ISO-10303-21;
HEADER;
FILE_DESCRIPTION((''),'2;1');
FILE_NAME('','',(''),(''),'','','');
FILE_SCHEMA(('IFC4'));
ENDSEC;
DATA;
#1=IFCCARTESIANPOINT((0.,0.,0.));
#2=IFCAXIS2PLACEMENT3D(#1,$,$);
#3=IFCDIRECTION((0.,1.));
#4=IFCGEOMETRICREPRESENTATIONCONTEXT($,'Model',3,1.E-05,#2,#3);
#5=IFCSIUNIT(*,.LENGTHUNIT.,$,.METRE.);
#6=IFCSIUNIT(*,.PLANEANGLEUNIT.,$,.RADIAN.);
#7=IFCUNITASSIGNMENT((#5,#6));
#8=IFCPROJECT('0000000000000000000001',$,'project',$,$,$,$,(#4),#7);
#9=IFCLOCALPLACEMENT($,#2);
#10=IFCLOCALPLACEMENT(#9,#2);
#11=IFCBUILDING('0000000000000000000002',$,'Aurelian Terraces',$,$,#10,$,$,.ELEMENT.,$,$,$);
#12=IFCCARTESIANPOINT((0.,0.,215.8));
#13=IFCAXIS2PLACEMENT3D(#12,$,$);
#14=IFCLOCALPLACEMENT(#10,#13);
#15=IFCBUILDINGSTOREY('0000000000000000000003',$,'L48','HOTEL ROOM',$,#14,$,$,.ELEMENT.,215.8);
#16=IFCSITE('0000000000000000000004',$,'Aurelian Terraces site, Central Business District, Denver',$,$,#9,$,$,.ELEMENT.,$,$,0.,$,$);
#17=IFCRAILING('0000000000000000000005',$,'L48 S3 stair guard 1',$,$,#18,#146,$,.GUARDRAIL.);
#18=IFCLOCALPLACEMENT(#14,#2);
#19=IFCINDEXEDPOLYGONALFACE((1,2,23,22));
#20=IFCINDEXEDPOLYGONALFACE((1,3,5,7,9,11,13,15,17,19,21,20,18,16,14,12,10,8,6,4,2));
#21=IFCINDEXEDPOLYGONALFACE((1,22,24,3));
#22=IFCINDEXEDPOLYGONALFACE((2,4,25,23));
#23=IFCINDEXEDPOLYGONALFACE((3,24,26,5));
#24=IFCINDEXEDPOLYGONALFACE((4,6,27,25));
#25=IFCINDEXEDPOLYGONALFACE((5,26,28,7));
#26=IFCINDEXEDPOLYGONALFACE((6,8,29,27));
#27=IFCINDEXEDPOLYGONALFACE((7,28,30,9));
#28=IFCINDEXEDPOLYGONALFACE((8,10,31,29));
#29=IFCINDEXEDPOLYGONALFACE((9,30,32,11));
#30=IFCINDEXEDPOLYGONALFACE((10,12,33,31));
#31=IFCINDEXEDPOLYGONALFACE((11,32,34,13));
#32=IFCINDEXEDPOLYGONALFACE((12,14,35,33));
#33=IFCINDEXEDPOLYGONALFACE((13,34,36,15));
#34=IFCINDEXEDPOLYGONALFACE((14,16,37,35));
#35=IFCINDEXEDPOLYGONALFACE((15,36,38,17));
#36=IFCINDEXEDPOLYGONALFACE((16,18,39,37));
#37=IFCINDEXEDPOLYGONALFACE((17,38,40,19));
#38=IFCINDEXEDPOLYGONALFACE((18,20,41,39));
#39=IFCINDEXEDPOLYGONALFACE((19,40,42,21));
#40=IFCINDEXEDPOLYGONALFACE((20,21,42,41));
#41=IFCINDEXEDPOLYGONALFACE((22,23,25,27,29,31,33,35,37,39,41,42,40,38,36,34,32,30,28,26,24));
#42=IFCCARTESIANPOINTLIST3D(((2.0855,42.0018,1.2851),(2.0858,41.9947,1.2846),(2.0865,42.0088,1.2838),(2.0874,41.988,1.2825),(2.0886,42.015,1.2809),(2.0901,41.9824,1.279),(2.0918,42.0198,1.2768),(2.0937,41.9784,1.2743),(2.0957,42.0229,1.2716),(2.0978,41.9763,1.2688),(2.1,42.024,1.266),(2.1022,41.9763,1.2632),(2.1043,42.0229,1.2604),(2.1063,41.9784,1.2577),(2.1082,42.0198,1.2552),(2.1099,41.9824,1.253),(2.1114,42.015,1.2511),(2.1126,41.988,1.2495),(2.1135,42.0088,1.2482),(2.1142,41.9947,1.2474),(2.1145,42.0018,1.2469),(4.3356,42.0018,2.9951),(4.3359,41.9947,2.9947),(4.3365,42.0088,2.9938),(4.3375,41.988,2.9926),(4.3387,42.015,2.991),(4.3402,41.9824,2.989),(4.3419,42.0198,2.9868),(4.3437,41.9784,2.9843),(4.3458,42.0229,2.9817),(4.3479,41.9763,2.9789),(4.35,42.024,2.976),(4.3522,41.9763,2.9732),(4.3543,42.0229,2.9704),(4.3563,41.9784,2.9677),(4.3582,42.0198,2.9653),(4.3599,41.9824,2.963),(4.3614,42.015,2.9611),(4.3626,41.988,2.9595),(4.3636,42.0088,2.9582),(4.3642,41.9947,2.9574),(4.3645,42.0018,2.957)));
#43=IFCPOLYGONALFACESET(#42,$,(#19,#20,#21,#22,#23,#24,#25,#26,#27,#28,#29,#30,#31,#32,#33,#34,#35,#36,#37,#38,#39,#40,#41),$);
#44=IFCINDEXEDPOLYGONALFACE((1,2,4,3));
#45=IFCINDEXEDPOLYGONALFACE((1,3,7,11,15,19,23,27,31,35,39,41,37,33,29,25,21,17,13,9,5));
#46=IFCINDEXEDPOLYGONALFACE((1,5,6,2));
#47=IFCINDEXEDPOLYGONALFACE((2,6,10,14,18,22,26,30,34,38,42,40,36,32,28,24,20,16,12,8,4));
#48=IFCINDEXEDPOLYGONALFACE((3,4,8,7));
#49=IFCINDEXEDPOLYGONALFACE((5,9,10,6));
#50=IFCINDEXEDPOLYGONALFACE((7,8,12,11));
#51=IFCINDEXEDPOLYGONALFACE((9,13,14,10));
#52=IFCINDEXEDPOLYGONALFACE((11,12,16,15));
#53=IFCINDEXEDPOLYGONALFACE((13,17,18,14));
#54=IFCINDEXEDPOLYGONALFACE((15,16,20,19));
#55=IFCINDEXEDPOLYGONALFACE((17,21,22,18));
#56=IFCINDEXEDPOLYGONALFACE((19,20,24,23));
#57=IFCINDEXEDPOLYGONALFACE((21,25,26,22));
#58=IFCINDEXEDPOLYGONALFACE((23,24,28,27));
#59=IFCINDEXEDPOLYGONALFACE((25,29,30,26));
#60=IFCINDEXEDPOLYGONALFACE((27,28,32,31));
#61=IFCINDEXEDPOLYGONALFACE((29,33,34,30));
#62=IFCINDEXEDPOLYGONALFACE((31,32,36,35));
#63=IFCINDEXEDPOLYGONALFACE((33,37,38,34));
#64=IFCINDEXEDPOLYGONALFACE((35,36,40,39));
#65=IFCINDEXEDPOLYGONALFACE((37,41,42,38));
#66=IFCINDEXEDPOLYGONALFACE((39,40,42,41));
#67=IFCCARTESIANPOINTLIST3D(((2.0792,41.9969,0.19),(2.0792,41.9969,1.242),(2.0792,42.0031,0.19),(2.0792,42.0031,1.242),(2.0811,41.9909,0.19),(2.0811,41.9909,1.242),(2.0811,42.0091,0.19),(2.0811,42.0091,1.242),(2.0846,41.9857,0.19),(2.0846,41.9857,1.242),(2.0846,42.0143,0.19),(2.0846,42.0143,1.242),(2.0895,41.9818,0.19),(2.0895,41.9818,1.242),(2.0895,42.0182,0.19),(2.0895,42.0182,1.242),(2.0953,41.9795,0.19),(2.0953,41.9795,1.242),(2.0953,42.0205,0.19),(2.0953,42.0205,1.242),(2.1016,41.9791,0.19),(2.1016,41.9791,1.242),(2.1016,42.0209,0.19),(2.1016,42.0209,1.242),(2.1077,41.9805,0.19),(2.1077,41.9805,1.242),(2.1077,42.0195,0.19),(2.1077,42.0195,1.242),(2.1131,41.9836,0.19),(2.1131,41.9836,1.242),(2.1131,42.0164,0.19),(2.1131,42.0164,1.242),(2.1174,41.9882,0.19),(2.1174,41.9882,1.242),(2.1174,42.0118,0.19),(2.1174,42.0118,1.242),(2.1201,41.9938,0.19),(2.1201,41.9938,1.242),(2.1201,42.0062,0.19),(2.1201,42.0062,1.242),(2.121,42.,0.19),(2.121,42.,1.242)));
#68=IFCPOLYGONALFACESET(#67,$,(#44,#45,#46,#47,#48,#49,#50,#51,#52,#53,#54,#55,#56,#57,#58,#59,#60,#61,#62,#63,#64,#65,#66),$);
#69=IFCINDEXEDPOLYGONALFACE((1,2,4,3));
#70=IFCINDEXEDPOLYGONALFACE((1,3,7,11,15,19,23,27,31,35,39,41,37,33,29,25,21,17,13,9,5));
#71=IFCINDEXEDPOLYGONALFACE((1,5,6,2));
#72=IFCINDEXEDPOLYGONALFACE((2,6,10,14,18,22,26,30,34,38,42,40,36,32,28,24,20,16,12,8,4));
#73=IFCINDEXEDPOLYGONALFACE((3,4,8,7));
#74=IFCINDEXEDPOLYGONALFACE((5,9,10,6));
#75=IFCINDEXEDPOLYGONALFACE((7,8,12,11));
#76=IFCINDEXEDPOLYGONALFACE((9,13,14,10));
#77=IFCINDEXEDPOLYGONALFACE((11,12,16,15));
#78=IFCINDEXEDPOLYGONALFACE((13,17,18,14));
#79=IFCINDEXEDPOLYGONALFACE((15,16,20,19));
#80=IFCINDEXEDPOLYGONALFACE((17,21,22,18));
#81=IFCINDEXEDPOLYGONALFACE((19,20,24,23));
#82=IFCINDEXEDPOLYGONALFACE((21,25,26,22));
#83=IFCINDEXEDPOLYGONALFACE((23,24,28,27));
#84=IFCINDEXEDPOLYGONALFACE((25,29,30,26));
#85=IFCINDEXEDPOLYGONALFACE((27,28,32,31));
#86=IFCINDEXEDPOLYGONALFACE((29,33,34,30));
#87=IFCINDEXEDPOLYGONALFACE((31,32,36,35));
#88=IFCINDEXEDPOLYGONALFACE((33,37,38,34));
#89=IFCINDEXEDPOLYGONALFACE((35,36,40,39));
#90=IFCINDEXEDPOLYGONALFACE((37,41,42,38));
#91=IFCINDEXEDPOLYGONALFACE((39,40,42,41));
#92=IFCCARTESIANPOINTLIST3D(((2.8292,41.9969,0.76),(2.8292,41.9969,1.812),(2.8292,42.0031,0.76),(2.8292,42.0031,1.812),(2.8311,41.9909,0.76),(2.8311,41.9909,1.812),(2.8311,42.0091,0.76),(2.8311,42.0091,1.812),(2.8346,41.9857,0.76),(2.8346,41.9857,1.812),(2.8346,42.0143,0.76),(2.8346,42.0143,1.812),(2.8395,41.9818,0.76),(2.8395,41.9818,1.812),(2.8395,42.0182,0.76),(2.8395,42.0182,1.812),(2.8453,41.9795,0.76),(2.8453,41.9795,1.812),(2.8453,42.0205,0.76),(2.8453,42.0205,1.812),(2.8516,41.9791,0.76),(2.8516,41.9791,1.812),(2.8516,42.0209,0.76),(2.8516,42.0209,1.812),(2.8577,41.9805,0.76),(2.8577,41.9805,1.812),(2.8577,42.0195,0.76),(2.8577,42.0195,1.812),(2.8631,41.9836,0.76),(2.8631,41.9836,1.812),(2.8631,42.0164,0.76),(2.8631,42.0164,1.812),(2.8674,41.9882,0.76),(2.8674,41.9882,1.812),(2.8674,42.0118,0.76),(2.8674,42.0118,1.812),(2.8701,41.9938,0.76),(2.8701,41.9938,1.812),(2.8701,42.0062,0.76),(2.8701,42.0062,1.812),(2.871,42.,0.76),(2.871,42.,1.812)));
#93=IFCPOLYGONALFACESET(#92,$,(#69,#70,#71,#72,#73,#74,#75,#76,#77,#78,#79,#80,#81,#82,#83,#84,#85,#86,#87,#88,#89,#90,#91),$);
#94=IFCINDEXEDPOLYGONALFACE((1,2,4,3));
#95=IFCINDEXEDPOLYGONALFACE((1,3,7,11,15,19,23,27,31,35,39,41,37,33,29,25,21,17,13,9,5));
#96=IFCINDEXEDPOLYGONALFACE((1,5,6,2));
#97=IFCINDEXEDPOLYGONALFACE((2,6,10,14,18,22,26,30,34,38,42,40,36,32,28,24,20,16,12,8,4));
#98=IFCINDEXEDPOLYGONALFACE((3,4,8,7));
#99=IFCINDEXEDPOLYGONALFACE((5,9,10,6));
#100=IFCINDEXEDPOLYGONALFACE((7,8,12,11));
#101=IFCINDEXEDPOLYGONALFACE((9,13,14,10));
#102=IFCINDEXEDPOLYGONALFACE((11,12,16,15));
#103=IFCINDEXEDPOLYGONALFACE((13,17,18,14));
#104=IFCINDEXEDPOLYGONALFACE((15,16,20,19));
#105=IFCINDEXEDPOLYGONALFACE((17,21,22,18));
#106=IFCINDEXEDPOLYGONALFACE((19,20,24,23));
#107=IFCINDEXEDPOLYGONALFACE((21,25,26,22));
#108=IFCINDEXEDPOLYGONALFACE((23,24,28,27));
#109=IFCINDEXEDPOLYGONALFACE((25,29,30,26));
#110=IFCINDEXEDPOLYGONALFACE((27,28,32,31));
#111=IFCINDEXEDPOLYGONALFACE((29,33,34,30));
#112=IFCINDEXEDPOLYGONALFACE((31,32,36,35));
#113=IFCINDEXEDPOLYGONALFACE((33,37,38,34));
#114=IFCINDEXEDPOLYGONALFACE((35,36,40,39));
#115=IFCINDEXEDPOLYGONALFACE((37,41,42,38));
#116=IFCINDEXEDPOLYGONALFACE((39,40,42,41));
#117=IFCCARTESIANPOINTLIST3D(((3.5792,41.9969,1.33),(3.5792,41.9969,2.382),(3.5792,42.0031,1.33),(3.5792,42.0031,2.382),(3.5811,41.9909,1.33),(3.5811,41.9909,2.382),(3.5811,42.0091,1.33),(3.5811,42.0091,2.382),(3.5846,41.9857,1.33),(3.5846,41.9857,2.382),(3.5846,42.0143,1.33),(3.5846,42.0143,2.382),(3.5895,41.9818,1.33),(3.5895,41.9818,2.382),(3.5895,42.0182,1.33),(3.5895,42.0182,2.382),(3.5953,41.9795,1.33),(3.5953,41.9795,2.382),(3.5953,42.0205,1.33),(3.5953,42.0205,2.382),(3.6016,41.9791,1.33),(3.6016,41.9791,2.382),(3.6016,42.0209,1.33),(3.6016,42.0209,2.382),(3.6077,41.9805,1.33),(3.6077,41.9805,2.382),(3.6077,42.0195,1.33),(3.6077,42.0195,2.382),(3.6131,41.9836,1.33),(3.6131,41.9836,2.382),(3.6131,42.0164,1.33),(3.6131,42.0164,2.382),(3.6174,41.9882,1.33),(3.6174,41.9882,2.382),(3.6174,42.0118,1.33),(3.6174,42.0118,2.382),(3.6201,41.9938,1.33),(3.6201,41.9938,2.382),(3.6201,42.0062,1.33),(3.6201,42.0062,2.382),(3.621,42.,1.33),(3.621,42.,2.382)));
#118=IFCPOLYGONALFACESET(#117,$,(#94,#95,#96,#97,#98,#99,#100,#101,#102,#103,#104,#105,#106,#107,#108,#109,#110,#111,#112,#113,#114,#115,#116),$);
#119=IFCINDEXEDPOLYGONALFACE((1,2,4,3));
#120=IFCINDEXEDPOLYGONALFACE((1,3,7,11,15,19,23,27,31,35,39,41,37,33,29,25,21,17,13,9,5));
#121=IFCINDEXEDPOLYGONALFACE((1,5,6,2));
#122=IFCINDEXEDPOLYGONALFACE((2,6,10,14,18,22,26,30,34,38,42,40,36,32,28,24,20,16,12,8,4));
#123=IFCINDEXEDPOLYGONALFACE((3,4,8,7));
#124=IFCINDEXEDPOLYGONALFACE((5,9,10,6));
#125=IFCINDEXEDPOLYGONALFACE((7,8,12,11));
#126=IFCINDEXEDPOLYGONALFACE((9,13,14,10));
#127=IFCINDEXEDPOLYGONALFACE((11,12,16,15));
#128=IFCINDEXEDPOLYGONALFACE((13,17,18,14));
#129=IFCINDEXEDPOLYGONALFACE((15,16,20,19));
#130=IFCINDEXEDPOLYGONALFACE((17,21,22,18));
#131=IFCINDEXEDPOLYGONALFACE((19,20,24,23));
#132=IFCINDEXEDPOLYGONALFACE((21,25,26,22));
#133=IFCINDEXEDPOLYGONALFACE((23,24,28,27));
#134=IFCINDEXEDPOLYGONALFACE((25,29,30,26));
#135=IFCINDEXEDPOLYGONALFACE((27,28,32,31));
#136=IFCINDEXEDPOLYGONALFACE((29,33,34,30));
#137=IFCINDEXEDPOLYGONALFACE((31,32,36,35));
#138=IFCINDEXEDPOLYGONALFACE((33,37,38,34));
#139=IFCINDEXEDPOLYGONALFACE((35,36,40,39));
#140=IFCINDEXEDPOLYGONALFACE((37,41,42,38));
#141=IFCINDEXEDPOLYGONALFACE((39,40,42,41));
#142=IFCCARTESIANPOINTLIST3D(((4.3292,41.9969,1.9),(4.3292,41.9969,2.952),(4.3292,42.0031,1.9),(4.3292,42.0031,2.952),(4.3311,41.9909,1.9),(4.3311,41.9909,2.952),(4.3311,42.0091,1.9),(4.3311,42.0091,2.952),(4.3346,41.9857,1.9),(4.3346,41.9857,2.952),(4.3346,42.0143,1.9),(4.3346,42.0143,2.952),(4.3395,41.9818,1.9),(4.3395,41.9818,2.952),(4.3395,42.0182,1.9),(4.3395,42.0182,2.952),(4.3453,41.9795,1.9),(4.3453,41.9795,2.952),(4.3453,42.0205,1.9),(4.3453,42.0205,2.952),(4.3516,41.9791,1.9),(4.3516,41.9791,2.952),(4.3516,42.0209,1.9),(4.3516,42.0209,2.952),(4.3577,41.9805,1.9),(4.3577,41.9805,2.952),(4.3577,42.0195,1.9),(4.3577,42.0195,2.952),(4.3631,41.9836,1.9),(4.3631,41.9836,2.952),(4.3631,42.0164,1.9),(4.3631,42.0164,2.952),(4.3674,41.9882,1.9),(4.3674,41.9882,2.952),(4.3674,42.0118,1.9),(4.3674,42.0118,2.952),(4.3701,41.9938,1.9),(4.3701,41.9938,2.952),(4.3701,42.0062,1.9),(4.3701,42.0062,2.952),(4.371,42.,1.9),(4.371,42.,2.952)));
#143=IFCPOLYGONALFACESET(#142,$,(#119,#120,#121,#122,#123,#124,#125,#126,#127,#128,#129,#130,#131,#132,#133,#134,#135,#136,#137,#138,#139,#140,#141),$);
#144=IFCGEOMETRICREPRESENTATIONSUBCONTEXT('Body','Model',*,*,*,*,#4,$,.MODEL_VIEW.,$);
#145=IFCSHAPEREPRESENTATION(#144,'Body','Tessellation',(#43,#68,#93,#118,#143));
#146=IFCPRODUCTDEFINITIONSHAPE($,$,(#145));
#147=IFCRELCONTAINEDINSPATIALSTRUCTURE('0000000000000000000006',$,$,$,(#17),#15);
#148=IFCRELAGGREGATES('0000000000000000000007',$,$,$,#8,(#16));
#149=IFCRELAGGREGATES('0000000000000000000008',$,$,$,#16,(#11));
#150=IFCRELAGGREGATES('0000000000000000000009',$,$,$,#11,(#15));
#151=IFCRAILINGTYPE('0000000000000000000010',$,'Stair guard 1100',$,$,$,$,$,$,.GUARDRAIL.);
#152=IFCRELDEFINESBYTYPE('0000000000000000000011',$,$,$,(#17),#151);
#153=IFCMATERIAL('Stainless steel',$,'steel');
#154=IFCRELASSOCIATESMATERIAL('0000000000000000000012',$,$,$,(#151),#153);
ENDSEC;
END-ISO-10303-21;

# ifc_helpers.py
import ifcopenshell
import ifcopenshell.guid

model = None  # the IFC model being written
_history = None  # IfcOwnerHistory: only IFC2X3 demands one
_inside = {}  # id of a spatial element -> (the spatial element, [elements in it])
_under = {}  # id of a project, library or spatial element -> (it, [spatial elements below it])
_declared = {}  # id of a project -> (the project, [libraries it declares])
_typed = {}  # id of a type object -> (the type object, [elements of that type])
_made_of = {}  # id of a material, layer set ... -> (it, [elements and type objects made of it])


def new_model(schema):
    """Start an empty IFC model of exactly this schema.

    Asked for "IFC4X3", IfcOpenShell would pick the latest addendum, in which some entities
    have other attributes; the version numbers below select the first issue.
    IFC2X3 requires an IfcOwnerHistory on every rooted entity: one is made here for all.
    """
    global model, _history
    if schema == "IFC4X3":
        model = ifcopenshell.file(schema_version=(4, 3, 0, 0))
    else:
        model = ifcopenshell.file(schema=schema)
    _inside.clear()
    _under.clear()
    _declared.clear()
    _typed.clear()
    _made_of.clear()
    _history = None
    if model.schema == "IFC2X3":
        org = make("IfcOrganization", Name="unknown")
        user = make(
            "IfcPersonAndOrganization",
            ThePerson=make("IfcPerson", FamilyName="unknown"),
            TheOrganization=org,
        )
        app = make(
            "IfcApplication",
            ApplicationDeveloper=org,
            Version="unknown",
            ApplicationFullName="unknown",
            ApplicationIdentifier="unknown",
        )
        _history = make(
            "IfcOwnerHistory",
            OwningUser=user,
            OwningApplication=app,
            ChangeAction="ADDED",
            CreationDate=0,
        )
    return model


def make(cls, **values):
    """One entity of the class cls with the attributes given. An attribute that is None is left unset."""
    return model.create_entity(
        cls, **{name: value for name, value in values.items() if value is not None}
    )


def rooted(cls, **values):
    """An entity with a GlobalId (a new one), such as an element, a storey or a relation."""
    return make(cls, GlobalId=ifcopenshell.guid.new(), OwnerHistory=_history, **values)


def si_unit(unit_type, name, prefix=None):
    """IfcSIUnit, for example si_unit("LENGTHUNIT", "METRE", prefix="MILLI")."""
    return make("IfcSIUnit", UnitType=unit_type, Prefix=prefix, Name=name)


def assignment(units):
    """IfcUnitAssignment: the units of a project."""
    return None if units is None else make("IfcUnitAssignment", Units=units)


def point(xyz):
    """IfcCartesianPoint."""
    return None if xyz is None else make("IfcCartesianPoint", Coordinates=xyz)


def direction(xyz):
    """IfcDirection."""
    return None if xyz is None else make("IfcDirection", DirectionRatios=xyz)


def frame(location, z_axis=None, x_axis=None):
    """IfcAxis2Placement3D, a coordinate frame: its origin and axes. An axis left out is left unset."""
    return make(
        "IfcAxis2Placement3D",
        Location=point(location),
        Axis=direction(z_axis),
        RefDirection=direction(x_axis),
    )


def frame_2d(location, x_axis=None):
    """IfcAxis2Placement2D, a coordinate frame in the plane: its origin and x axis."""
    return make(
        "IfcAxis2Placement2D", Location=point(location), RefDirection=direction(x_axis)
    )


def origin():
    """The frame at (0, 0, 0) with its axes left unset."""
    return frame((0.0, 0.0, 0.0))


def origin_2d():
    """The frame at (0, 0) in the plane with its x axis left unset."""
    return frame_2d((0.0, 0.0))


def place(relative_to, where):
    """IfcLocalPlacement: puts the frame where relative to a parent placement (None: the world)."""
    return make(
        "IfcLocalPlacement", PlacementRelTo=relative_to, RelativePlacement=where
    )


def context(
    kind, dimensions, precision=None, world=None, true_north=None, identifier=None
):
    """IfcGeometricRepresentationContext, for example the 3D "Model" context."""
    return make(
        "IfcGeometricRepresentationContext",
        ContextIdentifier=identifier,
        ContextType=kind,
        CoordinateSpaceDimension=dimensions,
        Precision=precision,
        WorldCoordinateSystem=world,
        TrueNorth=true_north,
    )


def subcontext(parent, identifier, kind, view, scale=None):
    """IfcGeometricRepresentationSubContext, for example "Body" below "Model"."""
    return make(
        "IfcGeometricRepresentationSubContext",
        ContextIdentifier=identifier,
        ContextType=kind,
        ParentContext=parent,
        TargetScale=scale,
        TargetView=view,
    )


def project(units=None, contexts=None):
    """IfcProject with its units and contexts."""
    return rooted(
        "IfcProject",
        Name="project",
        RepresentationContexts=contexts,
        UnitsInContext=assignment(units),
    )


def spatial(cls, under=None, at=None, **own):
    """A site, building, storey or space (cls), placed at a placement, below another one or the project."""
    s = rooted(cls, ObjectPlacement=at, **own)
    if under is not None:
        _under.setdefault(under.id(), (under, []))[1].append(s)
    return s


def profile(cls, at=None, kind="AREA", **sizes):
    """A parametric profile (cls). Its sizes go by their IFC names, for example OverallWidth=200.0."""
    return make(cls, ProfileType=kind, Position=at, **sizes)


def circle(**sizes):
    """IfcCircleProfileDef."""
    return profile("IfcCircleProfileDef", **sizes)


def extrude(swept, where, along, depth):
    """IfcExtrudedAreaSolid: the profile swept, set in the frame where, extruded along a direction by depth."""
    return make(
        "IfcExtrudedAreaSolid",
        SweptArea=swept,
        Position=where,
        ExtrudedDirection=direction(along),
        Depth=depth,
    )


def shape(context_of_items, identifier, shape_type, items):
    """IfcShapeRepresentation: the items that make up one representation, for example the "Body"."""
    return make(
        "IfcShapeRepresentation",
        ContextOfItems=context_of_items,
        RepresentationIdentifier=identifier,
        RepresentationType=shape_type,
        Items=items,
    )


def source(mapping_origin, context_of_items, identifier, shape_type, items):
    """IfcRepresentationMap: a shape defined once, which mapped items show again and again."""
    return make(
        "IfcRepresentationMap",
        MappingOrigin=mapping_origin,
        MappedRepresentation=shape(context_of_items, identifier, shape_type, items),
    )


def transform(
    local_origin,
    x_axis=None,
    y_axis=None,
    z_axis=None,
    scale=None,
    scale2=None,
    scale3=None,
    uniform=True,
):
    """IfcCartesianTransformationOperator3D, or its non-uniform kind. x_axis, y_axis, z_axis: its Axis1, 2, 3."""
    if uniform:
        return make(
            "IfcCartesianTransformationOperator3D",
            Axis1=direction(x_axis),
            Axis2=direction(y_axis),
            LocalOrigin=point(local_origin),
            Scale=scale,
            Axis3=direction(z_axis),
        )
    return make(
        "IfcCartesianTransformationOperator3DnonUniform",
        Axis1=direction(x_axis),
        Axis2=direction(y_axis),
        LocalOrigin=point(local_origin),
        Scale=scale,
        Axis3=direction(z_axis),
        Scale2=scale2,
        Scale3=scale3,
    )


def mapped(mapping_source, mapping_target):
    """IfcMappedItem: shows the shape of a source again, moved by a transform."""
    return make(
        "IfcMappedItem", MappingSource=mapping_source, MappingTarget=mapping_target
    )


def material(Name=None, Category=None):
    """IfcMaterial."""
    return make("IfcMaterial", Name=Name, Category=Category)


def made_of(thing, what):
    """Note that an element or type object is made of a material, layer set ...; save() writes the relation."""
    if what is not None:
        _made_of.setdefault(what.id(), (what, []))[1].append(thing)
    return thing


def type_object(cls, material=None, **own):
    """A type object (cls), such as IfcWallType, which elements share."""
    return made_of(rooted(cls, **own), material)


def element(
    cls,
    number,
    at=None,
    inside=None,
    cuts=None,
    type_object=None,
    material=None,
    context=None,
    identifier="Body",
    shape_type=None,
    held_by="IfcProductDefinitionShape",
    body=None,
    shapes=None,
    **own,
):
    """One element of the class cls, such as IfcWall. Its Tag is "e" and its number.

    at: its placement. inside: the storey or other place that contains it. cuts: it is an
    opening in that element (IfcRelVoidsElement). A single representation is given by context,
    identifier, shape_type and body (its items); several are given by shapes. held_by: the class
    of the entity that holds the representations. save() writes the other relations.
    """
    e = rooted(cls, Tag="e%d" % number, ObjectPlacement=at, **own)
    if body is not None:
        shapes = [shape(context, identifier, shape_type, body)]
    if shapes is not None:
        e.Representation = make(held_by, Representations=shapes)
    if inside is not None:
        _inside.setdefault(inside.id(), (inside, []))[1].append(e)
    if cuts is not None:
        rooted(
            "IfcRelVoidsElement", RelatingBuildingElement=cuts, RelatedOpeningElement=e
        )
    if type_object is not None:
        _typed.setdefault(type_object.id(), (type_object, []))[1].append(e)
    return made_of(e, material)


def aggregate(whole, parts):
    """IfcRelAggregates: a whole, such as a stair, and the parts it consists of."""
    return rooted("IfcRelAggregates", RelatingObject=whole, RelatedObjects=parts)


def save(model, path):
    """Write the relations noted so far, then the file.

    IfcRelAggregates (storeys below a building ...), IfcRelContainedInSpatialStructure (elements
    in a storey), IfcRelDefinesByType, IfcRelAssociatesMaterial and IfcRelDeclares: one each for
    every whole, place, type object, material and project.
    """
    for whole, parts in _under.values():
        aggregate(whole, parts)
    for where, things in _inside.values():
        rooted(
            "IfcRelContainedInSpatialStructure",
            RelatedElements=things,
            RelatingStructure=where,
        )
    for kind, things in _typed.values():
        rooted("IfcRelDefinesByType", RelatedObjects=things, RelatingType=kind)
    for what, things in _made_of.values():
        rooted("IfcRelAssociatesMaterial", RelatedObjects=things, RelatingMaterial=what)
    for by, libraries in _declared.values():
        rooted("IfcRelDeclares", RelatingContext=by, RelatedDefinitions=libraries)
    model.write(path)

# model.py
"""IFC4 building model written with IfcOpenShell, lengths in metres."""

from ifc_helpers import new_model, si_unit, direction, frame, origin, origin_2d, place, context, subcontext, project, spatial, circle, extrude, source, transform, mapped, material, type_object, element, save


model = new_model("IFC4")

# Units and contexts
model_context = context("Model", 3, precision=1e-05, world=origin(), true_north=direction((0.0, 1.0)))
body_context = subcontext(model_context, "Body", "Model", "MODEL_VIEW")
ifc_project = project(units=[si_unit("LENGTHUNIT", "METRE"), si_unit("PLANEANGLEUNIT", "RADIAN")], contexts=[model_context])

# Site, building, storey
site_placement = place(None, origin())
site = spatial("IfcSite", under=ifc_project, at=site_placement, Name="Aurelian Terraces site, Central Business District, Denver", CompositionType="ELEMENT", RefElevation=0.0)
building_placement = place(site_placement, origin())
building = spatial("IfcBuilding", under=site, at=building_placement, Name="Aurelian Terraces", CompositionType="ELEMENT")
storey_placement = place(building_placement, frame((0.0, 0.0, 215.8)))
storey = spatial("IfcBuildingStorey", under=building, at=storey_placement, Name="L48", Description="HOTEL ROOM", CompositionType="ELEMENT", Elevation=215.8)

# Railing
ifc_material_1 = material(Name="Stainless steel", Category="steel")
railing_type_1 = type_object("IfcRailingType", Name="Stair guard 1100", PredefinedType="GUARDRAIL", material=ifc_material_1)
shared_shape_1 = source(origin(), body_context, "Body", "SweptSolid", [
    extrude(circle(Radius=0.024, at=origin_2d()), frame((0.0, 0.0, 1.076), z_axis=(0.796162, 0.0, 0.605083), x_axis=(0.0, 1.0, 0.0)), (0.0, 0.0, 1.0), 2.8261),
    extrude(circle(Radius=0.021, at=origin_2d()), origin(), (0.0, 0.0, 1.0), 1.052),
    extrude(circle(Radius=0.021, at=origin_2d()), frame((0.75, 0.0, 0.57)), (0.0, 0.0, 1.0), 1.052),
    extrude(circle(Radius=0.021, at=origin_2d()), frame((1.5, 0.0, 1.14)), (0.0, 0.0, 1.0), 1.052),
    extrude(circle(Radius=0.021, at=origin_2d()), frame((2.25, 0.0, 1.71)), (0.0, 0.0, 1.0), 1.052),
])
railing_1_placement = place(storey_placement, frame((2.1, 42.0, 0.19)))
element("IfcRailing", 1, at=railing_1_placement, inside=storey, type_object=railing_type_1, Name="L48 S3 stair guard 1", PredefinedType="GUARDRAIL", context=body_context, shape_type="MappedRepresentation", body=[
    mapped(shared_shape_1, transform((0.0, 0.0, 0.0), scale=1.0)),
])

save(model, "model.ifc")
